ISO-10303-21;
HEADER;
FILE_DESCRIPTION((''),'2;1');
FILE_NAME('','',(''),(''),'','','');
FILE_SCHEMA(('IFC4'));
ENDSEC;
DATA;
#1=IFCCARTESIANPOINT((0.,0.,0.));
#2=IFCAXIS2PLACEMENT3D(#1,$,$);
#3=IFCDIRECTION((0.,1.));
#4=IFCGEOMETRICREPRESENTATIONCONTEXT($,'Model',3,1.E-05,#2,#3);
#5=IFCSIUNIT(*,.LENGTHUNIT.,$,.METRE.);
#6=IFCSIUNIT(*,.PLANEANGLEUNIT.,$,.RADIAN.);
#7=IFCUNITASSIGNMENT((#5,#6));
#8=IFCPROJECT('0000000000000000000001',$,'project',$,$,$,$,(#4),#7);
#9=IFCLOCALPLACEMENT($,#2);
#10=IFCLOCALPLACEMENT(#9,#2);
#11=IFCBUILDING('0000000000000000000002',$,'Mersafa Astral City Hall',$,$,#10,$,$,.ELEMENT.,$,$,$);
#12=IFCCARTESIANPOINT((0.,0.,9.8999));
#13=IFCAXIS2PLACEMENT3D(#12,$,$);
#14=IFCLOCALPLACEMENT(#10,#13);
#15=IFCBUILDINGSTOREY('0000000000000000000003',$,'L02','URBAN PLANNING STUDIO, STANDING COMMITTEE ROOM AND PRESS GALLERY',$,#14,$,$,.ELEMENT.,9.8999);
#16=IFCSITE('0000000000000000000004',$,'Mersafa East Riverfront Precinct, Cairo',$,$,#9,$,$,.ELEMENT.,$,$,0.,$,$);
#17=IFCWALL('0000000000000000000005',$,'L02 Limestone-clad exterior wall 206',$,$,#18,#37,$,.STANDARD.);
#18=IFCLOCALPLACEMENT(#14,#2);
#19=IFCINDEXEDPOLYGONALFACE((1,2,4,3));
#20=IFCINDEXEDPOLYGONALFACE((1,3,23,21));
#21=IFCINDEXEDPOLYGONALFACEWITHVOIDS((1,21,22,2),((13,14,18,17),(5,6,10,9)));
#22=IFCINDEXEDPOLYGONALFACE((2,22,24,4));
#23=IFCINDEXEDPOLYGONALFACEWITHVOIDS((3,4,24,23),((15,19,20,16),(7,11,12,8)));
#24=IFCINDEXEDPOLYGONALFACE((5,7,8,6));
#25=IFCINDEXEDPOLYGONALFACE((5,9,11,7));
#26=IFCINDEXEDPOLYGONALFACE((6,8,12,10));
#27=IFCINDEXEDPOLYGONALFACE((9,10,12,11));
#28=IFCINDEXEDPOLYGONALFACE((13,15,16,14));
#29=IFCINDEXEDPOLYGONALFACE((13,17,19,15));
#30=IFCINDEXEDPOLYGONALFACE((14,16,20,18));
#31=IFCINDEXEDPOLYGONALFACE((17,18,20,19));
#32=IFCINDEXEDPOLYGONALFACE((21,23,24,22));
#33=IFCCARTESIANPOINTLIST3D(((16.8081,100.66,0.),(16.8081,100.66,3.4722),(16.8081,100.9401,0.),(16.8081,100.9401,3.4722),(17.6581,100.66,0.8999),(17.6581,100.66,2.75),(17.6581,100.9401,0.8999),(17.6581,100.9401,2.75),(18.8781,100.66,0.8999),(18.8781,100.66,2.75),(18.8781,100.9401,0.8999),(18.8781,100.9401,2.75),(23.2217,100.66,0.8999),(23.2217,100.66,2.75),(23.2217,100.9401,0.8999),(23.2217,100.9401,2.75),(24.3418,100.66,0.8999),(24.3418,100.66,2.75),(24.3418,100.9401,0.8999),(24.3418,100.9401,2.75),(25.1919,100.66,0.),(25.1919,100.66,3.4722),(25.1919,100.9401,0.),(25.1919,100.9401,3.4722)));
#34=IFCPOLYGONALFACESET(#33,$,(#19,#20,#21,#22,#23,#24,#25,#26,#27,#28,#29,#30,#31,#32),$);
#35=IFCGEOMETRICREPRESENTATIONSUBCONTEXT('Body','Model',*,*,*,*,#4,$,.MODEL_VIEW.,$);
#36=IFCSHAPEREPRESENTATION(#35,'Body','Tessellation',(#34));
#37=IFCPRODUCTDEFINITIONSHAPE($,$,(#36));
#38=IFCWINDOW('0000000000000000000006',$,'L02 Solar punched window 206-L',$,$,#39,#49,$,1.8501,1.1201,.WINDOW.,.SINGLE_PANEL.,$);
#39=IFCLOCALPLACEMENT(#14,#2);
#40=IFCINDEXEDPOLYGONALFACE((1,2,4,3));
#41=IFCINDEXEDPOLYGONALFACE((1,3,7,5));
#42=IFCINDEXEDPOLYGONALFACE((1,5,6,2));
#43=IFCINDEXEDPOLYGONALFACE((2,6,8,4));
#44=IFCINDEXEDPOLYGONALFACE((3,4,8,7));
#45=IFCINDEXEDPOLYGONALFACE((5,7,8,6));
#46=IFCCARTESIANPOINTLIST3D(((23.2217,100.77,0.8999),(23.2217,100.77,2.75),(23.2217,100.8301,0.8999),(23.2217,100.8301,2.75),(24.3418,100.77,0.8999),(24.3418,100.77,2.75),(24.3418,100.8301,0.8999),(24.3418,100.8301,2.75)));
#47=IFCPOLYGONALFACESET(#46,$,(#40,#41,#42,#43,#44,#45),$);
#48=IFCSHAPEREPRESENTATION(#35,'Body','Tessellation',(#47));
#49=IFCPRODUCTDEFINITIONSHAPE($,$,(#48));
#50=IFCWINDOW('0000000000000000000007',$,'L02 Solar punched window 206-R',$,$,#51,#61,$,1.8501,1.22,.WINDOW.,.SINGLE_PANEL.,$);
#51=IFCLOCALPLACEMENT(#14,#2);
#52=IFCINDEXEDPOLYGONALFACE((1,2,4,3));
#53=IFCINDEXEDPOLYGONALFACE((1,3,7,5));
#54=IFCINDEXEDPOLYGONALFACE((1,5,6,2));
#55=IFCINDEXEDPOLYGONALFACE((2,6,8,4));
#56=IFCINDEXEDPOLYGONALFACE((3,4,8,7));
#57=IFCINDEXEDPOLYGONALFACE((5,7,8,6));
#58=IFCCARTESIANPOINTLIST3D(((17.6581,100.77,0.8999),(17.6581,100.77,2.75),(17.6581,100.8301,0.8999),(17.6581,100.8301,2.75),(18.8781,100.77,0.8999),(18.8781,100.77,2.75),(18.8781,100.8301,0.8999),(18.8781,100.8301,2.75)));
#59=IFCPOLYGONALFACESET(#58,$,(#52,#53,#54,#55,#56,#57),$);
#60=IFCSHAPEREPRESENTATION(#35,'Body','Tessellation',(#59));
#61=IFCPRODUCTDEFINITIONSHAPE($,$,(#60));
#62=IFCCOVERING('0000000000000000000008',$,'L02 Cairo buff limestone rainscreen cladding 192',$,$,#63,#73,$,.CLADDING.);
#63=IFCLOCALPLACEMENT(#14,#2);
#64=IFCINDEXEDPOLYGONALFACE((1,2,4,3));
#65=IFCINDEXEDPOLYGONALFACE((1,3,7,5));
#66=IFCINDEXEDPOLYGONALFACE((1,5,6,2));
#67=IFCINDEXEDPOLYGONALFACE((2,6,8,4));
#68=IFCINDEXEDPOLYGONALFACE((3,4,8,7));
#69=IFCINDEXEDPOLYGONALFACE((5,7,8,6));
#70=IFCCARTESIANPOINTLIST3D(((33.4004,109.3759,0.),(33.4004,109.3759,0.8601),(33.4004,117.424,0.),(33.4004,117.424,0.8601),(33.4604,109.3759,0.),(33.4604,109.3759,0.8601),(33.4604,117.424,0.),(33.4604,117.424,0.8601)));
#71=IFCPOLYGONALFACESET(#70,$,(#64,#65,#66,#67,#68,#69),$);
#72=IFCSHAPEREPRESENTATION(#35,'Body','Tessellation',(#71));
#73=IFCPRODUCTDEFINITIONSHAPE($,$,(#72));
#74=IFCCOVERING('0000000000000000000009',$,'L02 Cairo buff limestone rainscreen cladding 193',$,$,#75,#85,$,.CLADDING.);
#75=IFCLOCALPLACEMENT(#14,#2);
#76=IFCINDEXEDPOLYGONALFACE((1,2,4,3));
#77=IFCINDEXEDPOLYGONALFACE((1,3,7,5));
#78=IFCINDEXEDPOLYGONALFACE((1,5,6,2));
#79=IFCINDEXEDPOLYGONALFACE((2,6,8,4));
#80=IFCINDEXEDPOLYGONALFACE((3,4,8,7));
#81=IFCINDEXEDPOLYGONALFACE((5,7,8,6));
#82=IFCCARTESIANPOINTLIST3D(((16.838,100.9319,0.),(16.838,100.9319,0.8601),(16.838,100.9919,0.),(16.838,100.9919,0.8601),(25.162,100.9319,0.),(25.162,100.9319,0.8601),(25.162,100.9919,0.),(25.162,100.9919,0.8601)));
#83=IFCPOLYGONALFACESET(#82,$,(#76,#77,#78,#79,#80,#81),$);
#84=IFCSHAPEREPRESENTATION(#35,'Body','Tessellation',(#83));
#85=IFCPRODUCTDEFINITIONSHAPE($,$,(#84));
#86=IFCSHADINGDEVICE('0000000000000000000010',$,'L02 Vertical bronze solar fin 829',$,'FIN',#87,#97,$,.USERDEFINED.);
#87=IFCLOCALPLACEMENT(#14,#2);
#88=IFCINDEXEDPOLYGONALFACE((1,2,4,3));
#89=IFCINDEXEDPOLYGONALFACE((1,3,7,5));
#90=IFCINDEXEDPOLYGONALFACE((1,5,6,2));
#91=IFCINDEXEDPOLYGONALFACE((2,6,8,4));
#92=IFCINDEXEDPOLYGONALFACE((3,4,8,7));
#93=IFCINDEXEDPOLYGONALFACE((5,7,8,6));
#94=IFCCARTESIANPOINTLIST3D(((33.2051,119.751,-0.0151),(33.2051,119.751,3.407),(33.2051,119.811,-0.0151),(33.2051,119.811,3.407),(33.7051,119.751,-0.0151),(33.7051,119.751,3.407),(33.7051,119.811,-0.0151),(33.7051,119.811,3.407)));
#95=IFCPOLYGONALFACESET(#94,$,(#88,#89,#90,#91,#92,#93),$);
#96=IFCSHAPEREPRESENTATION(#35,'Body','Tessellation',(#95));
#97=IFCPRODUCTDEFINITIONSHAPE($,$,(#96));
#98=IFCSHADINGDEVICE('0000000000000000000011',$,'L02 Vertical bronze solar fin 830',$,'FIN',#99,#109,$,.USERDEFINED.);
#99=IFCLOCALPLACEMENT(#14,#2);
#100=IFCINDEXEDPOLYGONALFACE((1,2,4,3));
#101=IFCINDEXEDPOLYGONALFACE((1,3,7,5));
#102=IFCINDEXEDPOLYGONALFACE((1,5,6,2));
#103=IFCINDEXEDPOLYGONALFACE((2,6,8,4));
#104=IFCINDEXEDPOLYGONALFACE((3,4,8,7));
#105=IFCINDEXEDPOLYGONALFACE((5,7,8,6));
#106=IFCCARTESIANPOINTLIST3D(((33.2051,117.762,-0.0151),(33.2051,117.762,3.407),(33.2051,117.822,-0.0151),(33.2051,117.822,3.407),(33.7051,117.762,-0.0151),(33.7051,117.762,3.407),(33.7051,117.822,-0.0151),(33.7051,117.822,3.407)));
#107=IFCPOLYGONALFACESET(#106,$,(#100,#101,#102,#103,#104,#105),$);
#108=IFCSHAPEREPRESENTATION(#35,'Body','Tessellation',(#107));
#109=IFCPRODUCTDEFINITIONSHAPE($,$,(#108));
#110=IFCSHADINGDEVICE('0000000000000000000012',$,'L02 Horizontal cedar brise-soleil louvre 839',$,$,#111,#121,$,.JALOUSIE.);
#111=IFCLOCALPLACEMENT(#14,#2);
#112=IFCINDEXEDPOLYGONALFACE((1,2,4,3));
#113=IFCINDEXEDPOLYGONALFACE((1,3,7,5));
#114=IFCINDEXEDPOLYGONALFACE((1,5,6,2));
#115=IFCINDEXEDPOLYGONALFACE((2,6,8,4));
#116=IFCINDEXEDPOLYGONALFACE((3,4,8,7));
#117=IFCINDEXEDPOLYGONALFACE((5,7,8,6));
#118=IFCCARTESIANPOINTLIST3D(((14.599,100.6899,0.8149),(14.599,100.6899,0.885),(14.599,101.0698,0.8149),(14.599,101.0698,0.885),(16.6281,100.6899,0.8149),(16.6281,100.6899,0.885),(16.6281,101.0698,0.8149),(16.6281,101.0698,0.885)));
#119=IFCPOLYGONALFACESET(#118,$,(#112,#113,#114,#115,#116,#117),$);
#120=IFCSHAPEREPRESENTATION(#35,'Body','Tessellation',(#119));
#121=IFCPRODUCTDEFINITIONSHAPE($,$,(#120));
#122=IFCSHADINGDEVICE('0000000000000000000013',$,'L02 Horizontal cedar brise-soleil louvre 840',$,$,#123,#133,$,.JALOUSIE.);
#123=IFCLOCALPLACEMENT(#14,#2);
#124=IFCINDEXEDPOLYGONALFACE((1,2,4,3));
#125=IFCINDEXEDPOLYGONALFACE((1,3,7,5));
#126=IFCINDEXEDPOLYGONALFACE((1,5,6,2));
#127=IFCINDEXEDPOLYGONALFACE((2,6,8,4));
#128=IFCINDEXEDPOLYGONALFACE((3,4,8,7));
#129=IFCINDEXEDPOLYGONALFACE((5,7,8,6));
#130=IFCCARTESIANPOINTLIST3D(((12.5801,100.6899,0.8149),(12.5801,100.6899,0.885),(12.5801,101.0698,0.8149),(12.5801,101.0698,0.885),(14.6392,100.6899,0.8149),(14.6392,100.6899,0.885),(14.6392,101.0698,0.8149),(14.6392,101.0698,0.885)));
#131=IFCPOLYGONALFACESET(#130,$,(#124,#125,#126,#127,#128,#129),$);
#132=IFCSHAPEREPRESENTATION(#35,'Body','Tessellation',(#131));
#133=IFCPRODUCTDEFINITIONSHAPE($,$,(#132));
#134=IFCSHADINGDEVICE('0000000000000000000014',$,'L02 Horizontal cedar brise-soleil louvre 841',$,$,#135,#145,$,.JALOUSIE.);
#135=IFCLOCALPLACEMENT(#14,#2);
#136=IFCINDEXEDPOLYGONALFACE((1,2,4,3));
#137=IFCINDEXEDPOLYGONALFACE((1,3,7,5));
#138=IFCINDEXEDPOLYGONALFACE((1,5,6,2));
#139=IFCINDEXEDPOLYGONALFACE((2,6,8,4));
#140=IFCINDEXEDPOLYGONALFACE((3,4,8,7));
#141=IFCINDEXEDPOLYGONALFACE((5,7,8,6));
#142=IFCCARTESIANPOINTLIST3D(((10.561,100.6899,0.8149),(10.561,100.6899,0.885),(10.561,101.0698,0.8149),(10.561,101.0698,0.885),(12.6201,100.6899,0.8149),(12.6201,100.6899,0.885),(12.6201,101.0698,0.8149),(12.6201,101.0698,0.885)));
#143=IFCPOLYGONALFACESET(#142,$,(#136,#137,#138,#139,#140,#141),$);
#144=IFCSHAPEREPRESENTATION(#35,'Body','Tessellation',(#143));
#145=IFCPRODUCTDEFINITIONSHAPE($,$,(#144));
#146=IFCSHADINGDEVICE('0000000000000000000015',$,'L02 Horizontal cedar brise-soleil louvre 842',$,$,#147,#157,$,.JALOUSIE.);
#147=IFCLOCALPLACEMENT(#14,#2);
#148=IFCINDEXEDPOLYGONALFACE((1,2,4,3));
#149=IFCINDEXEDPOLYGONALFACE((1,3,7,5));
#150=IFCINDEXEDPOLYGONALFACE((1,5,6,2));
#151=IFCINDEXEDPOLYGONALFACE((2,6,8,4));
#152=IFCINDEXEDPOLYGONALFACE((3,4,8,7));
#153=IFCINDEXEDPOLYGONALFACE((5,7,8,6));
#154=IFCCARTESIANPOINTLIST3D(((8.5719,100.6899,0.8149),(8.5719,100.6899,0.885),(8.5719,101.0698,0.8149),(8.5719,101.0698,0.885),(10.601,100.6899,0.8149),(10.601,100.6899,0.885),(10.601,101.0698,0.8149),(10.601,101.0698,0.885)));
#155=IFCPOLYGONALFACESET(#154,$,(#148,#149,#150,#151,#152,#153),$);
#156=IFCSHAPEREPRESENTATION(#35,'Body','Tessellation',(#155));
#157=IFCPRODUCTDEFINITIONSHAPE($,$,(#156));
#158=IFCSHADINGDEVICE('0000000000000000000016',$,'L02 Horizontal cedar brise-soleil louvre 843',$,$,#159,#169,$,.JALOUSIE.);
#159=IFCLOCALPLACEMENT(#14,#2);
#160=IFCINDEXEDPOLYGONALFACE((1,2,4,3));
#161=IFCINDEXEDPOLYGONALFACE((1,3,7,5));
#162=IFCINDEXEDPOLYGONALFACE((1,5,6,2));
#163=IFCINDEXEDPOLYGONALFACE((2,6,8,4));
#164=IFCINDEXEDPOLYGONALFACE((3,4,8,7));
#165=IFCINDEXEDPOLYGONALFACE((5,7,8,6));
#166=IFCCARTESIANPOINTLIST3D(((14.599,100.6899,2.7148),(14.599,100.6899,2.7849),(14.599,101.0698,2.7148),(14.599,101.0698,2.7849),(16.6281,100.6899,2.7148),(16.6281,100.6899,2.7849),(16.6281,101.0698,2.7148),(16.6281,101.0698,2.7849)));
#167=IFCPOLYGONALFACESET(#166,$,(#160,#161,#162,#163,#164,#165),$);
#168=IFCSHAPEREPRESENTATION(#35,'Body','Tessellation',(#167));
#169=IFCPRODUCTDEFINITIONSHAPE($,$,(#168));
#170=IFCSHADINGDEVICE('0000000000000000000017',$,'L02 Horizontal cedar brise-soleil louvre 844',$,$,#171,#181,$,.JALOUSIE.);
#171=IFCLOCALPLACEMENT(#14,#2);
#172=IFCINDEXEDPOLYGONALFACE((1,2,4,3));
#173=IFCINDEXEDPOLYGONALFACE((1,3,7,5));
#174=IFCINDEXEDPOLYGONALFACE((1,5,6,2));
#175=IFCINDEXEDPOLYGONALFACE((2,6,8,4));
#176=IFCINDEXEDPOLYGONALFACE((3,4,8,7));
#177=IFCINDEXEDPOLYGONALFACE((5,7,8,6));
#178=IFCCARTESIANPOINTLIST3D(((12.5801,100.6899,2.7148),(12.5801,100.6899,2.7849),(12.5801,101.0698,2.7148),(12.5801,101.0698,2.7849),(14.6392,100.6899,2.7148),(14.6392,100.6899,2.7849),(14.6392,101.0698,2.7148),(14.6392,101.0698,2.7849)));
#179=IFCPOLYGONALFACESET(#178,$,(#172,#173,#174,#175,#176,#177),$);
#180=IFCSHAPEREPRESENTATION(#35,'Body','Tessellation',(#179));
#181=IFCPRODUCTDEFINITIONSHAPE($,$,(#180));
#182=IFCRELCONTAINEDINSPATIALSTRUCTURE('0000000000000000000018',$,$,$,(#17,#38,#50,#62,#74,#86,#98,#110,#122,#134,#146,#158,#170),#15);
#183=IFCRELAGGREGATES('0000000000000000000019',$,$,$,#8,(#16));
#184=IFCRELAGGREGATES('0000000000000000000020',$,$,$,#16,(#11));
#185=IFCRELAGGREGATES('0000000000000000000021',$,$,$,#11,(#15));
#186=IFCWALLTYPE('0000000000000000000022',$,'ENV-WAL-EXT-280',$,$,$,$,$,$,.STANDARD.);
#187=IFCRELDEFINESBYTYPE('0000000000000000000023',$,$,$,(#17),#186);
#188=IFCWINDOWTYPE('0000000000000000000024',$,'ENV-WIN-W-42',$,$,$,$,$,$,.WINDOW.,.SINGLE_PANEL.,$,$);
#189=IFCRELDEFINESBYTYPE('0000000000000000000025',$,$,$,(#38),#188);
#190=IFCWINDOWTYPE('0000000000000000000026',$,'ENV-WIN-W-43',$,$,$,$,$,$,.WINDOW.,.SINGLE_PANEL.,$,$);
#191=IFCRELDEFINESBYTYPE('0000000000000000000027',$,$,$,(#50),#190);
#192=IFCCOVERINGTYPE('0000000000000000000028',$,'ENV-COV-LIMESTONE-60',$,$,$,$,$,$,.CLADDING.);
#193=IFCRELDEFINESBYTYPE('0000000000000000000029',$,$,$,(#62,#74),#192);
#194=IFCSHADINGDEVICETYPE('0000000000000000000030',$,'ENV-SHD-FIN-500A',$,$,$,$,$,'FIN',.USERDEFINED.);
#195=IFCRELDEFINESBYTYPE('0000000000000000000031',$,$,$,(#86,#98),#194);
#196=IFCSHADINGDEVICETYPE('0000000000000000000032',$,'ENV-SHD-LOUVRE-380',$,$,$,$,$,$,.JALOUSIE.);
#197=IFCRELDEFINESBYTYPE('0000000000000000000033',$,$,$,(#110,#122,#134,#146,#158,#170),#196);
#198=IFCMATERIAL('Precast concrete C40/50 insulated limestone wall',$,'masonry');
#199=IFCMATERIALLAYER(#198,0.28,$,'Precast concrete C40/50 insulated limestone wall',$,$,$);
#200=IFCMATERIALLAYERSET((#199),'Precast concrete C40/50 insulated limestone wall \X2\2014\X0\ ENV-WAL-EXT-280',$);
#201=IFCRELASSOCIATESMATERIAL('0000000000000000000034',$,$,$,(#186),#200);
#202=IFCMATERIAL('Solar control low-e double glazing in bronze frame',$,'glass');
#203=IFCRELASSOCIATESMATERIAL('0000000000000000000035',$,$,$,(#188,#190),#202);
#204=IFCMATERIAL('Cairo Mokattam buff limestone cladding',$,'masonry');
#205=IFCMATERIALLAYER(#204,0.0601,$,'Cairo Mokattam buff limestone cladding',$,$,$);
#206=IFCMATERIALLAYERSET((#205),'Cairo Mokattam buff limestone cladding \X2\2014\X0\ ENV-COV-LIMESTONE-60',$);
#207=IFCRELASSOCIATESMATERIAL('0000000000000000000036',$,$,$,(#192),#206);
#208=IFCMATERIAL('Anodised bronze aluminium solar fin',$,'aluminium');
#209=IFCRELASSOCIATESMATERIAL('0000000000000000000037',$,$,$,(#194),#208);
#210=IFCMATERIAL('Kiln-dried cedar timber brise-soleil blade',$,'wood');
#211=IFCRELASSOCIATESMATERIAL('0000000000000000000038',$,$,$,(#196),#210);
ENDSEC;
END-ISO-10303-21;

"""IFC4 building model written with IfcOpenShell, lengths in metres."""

from ifc_helpers import new_model, si_unit, direction, frame, frame_2d, origin, origin_2d, place, context, subcontext, project, spatial, rectangle, extrude, material, layer, layer_set, type_object, element, fill, save


model = new_model("IFC4")

# Units and contexts
model_context = context("Model", 3, precision=1e-05, world=origin(), true_north=direction((0.0, 1.0)))
body_context = subcontext(model_context, "Body", "Model", "MODEL_VIEW")
ifc_project = project(units=[si_unit("LENGTHUNIT", "METRE"), si_unit("PLANEANGLEUNIT", "RADIAN")], contexts=[model_context])

# Site, building, storey
site_placement = place(None, origin())
site = spatial("IfcSite", under=ifc_project, at=site_placement, Name="Mersafa East Riverfront Precinct, Cairo", CompositionType="ELEMENT", RefElevation=0.0)
building_placement = place(site_placement, origin())
building = spatial("IfcBuilding", under=site, at=building_placement, Name="Mersafa Astral City Hall", CompositionType="ELEMENT")
storey_placement = place(building_placement, frame((0.0, 0.0, 9.8999)))
storey = spatial("IfcBuildingStorey", under=building, at=storey_placement, Name="L02", Description="URBAN PLANNING STUDIO, STANDING COMMITTEE ROOM AND PRESS GALLERY", CompositionType="ELEMENT", Elevation=9.8999)

# Wall, openings, windows
ifc_material_1 = material(Name="Precast concrete C40/50 insulated limestone wall", Category="masonry")
ifc_layer_1 = layer(ifc_material_1, 0.28, Name="Precast concrete C40/50 insulated limestone wall")
ifc_layer_set_1 = layer_set([ifc_layer_1], Name="Precast concrete C40/50 insulated limestone wall — ENV-WAL-EXT-280")
wall_type = type_object("IfcWallType", Name="ENV-WAL-EXT-280", PredefinedType="STANDARD", material=ifc_layer_set_1)
wall_placement = place(storey_placement, frame((25.1919, 100.8, 0.0), z_axis=(0.0, 0.0, 1.0), x_axis=(-1.0, 0.0, 0.0)))
wall = element("IfcWall", 1, at=wall_placement, inside=storey, type_object=wall_type, Name="L02 Limestone-clad exterior wall 206", PredefinedType="STANDARD", context=body_context, shape_type="SweptSolid", body=[
    extrude(rectangle(XDim=8.3838, YDim=0.28, at=frame_2d((4.1919, 0.0))), origin(), (0.0, 0.0, 1.0), 3.4722),
])
opening_1_placement = place(wall_placement, frame((0.8501, 0.0, 0.8999)))
opening_1 = element("IfcOpeningElement", 2, at=opening_1_placement, cuts=wall, PredefinedType="OPENING", context=body_context, shape_type="SweptSolid", body=[
    extrude(rectangle(XDim=1.1201, YDim=1.8501, at=frame_2d((0.5601, 0.925))), frame((0.0, 0.1499, 0.0), z_axis=(0.0, -1.0, 0.0), x_axis=(1.0, 0.0, 0.0)), (0.0, 0.0, 1.0), 0.3),
])
opening_2_placement = place(wall_placement, frame((6.314, 0.0, 0.8999)))
opening_2 = element("IfcOpeningElement", 3, at=opening_2_placement, cuts=wall, PredefinedType="OPENING", context=body_context, shape_type="SweptSolid", body=[
    extrude(rectangle(XDim=1.22, YDim=1.8501, at=frame_2d((0.6099, 0.925))), frame((0.0, 0.1499, 0.0), z_axis=(0.0, -1.0, 0.0), x_axis=(1.0, 0.0, 0.0)), (0.0, 0.0, 1.0), 0.3),
])
ifc_material_2 = material(Name="Solar control low-e double glazing in bronze frame", Category="glass")
window_type_1 = type_object("IfcWindowType", Name="ENV-WIN-W-42", PartitioningType="SINGLE_PANEL", PredefinedType="WINDOW", material=ifc_material_2)
window_1_placement = place(opening_1_placement, origin())
window_1 = element("IfcWindow", 4, at=window_1_placement, inside=storey, type_object=window_type_1, Name="L02 Solar punched window 206-L", OverallHeight=1.8501, OverallWidth=1.1201, PartitioningType="SINGLE_PANEL", PredefinedType="WINDOW", context=body_context, shape_type="SweptSolid", body=[
    extrude(rectangle(XDim=1.1201, YDim=1.8501, at=frame_2d((0.5601, 0.925))), frame((0.0, 0.03, 0.0), z_axis=(0.0, -1.0, 0.0), x_axis=(1.0, 0.0, 0.0)), (0.0, 0.0, 1.0), 0.0601),
])
fill(opening_1, window_1)
window_type_2 = type_object("IfcWindowType", Name="ENV-WIN-W-43", PartitioningType="SINGLE_PANEL", PredefinedType="WINDOW", material=ifc_material_2)
window_2_placement = place(opening_2_placement, origin())
window_2 = element("IfcWindow", 5, at=window_2_placement, inside=storey, type_object=window_type_2, Name="L02 Solar punched window 206-R", OverallHeight=1.8501, OverallWidth=1.22, PartitioningType="SINGLE_PANEL", PredefinedType="WINDOW", context=body_context, shape_type="SweptSolid", body=[
    extrude(rectangle(XDim=1.22, YDim=1.8501, at=frame_2d((0.6099, 0.925))), frame((0.0, 0.03, 0.0), z_axis=(0.0, -1.0, 0.0), x_axis=(1.0, 0.0, 0.0)), (0.0, 0.0, 1.0), 0.0601),
])
fill(opening_2, window_2)

# Coverings
ifc_material_3 = material(Name="Cairo Mokattam buff limestone cladding", Category="masonry")
ifc_layer_2 = layer(ifc_material_3, 0.0601, Name="Cairo Mokattam buff limestone cladding")
ifc_layer_set_2 = layer_set([ifc_layer_2], Name="Cairo Mokattam buff limestone cladding — ENV-COV-LIMESTONE-60")
covering_type = type_object("IfcCoveringType", Name="ENV-COV-LIMESTONE-60", PredefinedType="CLADDING", material=ifc_layer_set_2)
covering_1_placement = place(storey_placement, frame((33.4304, 113.3999, 0.0), z_axis=(0.0, 0.0, 1.0), x_axis=(0.0, -1.0, 0.0)))
element("IfcCovering", 6, at=covering_1_placement, inside=storey, type_object=covering_type, Name="L02 Cairo buff limestone rainscreen cladding 192", PredefinedType="CLADDING", context=body_context, shape_type="SweptSolid", body=[
    extrude(rectangle(XDim=8.0481, YDim=0.0601, at=origin_2d()), origin(), (0.0, 0.0, 1.0), 0.8601),
])
covering_2_placement = place(storey_placement, frame((21.0, 100.9619, 0.0), z_axis=(0.0, 0.0, 1.0), x_axis=(-1.0, 0.0, 0.0)))
element("IfcCovering", 7, at=covering_2_placement, inside=storey, type_object=covering_type, Name="L02 Cairo buff limestone rainscreen cladding 193", PredefinedType="CLADDING", context=body_context, shape_type="SweptSolid", body=[
    extrude(rectangle(XDim=8.324, YDim=0.0601, at=origin_2d()), origin(), (0.0, 0.0, 1.0), 0.8601),
])

# Shading devices
ifc_material_4 = material(Name="Anodised bronze aluminium solar fin", Category="aluminium")
shading_device_type_1 = type_object("IfcShadingDeviceType", Name="ENV-SHD-FIN-500A", ElementType="FIN", PredefinedType="USERDEFINED", material=ifc_material_4)
for number, where, z_axis, x_axis, name in (
    (8, (33.4551, 119.781, -0.0151), (0.0, 0.0, 1.0), (0.0, -1.0, 0.0), "L02 Vertical bronze solar fin 829"),
    (9, (33.4551, 117.792, -0.0151), (0.0, 0.0, 1.0), (0.0, -1.0, 0.0), "L02 Vertical bronze solar fin 830"),
):
    element("IfcShadingDevice", number, at=place(storey_placement, frame(where, z_axis=z_axis, x_axis=x_axis)), inside=storey, type_object=shading_device_type_1, Name=name, ObjectType="FIN", PredefinedType="USERDEFINED", context=body_context, shape_type="SweptSolid", body=[
        extrude(rectangle(XDim=0.0601, YDim=0.5, at=origin_2d()), origin(), (0.0, 0.0, 1.0), 3.4221),
    ])
ifc_material_5 = material(Name="Kiln-dried cedar timber brise-soleil blade", Category="wood")
shading_device_type_2 = type_object("IfcShadingDeviceType", Name="ENV-SHD-LOUVRE-380", PredefinedType="JALOUSIE", material=ifc_material_5)
shading_device_1_placement = place(storey_placement, frame((15.6135, 100.8799, 0.8149), z_axis=(0.0, 0.0, 1.0), x_axis=(-1.0, 0.0, 0.0)))
element("IfcShadingDevice", 10, at=shading_device_1_placement, inside=storey, type_object=shading_device_type_2, Name="L02 Horizontal cedar brise-soleil louvre 839", PredefinedType="JALOUSIE", context=body_context, shape_type="SweptSolid", body=[
    extrude(rectangle(XDim=2.0291, YDim=0.3799, at=origin_2d()), origin(), (0.0, 0.0, 1.0), 0.0701),
])
for number, where, z_axis, x_axis, name in (
    (11, (13.6096, 100.8799, 0.8149), (0.0, 0.0, 1.0), (-1.0, 0.0, 0.0), "L02 Horizontal cedar brise-soleil louvre 840"),
    (12, (11.5906, 100.8799, 0.8149), (0.0, 0.0, 1.0), (-1.0, 0.0, 0.0), "L02 Horizontal cedar brise-soleil louvre 841"),
):
    element("IfcShadingDevice", number, at=place(storey_placement, frame(where, z_axis=z_axis, x_axis=x_axis)), inside=storey, type_object=shading_device_type_2, Name=name, PredefinedType="JALOUSIE", context=body_context, shape_type="SweptSolid", body=[
        extrude(rectangle(XDim=2.0591, YDim=0.3799, at=origin_2d()), origin(), (0.0, 0.0, 1.0), 0.0701),
    ])
for number, where, z_axis, x_axis, name in (
    (13, (9.5864, 100.8799, 0.8149), (0.0, 0.0, 1.0), (-1.0, 0.0, 0.0), "L02 Horizontal cedar brise-soleil louvre 842"),
    (14, (15.6135, 100.8799, 2.7148), (0.0, 0.0, 1.0), (-1.0, 0.0, 0.0), "L02 Horizontal cedar brise-soleil louvre 843"),
):
    element("IfcShadingDevice", number, at=place(storey_placement, frame(where, z_axis=z_axis, x_axis=x_axis)), inside=storey, type_object=shading_device_type_2, Name=name, PredefinedType="JALOUSIE", context=body_context, shape_type="SweptSolid", body=[
        extrude(rectangle(XDim=2.0291, YDim=0.3799, at=origin_2d()), origin(), (0.0, 0.0, 1.0), 0.0701),
    ])
for number, where, z_axis, x_axis, name in (
    (15, (13.6096, 100.8799, 2.7148), (0.0, 0.0, 1.0), (-1.0, 0.0, 0.0), "L02 Horizontal cedar brise-soleil louvre 844"),
):
    element("IfcShadingDevice", number, at=place(storey_placement, frame(where, z_axis=z_axis, x_axis=x_axis)), inside=storey, type_object=shading_device_type_2, Name=name, PredefinedType="JALOUSIE", context=body_context, shape_type="SweptSolid", body=[
        extrude(rectangle(XDim=2.0591, YDim=0.3799, at=origin_2d()), origin(), (0.0, 0.0, 1.0), 0.0701),
    ])

save(model, "model.ifc")
